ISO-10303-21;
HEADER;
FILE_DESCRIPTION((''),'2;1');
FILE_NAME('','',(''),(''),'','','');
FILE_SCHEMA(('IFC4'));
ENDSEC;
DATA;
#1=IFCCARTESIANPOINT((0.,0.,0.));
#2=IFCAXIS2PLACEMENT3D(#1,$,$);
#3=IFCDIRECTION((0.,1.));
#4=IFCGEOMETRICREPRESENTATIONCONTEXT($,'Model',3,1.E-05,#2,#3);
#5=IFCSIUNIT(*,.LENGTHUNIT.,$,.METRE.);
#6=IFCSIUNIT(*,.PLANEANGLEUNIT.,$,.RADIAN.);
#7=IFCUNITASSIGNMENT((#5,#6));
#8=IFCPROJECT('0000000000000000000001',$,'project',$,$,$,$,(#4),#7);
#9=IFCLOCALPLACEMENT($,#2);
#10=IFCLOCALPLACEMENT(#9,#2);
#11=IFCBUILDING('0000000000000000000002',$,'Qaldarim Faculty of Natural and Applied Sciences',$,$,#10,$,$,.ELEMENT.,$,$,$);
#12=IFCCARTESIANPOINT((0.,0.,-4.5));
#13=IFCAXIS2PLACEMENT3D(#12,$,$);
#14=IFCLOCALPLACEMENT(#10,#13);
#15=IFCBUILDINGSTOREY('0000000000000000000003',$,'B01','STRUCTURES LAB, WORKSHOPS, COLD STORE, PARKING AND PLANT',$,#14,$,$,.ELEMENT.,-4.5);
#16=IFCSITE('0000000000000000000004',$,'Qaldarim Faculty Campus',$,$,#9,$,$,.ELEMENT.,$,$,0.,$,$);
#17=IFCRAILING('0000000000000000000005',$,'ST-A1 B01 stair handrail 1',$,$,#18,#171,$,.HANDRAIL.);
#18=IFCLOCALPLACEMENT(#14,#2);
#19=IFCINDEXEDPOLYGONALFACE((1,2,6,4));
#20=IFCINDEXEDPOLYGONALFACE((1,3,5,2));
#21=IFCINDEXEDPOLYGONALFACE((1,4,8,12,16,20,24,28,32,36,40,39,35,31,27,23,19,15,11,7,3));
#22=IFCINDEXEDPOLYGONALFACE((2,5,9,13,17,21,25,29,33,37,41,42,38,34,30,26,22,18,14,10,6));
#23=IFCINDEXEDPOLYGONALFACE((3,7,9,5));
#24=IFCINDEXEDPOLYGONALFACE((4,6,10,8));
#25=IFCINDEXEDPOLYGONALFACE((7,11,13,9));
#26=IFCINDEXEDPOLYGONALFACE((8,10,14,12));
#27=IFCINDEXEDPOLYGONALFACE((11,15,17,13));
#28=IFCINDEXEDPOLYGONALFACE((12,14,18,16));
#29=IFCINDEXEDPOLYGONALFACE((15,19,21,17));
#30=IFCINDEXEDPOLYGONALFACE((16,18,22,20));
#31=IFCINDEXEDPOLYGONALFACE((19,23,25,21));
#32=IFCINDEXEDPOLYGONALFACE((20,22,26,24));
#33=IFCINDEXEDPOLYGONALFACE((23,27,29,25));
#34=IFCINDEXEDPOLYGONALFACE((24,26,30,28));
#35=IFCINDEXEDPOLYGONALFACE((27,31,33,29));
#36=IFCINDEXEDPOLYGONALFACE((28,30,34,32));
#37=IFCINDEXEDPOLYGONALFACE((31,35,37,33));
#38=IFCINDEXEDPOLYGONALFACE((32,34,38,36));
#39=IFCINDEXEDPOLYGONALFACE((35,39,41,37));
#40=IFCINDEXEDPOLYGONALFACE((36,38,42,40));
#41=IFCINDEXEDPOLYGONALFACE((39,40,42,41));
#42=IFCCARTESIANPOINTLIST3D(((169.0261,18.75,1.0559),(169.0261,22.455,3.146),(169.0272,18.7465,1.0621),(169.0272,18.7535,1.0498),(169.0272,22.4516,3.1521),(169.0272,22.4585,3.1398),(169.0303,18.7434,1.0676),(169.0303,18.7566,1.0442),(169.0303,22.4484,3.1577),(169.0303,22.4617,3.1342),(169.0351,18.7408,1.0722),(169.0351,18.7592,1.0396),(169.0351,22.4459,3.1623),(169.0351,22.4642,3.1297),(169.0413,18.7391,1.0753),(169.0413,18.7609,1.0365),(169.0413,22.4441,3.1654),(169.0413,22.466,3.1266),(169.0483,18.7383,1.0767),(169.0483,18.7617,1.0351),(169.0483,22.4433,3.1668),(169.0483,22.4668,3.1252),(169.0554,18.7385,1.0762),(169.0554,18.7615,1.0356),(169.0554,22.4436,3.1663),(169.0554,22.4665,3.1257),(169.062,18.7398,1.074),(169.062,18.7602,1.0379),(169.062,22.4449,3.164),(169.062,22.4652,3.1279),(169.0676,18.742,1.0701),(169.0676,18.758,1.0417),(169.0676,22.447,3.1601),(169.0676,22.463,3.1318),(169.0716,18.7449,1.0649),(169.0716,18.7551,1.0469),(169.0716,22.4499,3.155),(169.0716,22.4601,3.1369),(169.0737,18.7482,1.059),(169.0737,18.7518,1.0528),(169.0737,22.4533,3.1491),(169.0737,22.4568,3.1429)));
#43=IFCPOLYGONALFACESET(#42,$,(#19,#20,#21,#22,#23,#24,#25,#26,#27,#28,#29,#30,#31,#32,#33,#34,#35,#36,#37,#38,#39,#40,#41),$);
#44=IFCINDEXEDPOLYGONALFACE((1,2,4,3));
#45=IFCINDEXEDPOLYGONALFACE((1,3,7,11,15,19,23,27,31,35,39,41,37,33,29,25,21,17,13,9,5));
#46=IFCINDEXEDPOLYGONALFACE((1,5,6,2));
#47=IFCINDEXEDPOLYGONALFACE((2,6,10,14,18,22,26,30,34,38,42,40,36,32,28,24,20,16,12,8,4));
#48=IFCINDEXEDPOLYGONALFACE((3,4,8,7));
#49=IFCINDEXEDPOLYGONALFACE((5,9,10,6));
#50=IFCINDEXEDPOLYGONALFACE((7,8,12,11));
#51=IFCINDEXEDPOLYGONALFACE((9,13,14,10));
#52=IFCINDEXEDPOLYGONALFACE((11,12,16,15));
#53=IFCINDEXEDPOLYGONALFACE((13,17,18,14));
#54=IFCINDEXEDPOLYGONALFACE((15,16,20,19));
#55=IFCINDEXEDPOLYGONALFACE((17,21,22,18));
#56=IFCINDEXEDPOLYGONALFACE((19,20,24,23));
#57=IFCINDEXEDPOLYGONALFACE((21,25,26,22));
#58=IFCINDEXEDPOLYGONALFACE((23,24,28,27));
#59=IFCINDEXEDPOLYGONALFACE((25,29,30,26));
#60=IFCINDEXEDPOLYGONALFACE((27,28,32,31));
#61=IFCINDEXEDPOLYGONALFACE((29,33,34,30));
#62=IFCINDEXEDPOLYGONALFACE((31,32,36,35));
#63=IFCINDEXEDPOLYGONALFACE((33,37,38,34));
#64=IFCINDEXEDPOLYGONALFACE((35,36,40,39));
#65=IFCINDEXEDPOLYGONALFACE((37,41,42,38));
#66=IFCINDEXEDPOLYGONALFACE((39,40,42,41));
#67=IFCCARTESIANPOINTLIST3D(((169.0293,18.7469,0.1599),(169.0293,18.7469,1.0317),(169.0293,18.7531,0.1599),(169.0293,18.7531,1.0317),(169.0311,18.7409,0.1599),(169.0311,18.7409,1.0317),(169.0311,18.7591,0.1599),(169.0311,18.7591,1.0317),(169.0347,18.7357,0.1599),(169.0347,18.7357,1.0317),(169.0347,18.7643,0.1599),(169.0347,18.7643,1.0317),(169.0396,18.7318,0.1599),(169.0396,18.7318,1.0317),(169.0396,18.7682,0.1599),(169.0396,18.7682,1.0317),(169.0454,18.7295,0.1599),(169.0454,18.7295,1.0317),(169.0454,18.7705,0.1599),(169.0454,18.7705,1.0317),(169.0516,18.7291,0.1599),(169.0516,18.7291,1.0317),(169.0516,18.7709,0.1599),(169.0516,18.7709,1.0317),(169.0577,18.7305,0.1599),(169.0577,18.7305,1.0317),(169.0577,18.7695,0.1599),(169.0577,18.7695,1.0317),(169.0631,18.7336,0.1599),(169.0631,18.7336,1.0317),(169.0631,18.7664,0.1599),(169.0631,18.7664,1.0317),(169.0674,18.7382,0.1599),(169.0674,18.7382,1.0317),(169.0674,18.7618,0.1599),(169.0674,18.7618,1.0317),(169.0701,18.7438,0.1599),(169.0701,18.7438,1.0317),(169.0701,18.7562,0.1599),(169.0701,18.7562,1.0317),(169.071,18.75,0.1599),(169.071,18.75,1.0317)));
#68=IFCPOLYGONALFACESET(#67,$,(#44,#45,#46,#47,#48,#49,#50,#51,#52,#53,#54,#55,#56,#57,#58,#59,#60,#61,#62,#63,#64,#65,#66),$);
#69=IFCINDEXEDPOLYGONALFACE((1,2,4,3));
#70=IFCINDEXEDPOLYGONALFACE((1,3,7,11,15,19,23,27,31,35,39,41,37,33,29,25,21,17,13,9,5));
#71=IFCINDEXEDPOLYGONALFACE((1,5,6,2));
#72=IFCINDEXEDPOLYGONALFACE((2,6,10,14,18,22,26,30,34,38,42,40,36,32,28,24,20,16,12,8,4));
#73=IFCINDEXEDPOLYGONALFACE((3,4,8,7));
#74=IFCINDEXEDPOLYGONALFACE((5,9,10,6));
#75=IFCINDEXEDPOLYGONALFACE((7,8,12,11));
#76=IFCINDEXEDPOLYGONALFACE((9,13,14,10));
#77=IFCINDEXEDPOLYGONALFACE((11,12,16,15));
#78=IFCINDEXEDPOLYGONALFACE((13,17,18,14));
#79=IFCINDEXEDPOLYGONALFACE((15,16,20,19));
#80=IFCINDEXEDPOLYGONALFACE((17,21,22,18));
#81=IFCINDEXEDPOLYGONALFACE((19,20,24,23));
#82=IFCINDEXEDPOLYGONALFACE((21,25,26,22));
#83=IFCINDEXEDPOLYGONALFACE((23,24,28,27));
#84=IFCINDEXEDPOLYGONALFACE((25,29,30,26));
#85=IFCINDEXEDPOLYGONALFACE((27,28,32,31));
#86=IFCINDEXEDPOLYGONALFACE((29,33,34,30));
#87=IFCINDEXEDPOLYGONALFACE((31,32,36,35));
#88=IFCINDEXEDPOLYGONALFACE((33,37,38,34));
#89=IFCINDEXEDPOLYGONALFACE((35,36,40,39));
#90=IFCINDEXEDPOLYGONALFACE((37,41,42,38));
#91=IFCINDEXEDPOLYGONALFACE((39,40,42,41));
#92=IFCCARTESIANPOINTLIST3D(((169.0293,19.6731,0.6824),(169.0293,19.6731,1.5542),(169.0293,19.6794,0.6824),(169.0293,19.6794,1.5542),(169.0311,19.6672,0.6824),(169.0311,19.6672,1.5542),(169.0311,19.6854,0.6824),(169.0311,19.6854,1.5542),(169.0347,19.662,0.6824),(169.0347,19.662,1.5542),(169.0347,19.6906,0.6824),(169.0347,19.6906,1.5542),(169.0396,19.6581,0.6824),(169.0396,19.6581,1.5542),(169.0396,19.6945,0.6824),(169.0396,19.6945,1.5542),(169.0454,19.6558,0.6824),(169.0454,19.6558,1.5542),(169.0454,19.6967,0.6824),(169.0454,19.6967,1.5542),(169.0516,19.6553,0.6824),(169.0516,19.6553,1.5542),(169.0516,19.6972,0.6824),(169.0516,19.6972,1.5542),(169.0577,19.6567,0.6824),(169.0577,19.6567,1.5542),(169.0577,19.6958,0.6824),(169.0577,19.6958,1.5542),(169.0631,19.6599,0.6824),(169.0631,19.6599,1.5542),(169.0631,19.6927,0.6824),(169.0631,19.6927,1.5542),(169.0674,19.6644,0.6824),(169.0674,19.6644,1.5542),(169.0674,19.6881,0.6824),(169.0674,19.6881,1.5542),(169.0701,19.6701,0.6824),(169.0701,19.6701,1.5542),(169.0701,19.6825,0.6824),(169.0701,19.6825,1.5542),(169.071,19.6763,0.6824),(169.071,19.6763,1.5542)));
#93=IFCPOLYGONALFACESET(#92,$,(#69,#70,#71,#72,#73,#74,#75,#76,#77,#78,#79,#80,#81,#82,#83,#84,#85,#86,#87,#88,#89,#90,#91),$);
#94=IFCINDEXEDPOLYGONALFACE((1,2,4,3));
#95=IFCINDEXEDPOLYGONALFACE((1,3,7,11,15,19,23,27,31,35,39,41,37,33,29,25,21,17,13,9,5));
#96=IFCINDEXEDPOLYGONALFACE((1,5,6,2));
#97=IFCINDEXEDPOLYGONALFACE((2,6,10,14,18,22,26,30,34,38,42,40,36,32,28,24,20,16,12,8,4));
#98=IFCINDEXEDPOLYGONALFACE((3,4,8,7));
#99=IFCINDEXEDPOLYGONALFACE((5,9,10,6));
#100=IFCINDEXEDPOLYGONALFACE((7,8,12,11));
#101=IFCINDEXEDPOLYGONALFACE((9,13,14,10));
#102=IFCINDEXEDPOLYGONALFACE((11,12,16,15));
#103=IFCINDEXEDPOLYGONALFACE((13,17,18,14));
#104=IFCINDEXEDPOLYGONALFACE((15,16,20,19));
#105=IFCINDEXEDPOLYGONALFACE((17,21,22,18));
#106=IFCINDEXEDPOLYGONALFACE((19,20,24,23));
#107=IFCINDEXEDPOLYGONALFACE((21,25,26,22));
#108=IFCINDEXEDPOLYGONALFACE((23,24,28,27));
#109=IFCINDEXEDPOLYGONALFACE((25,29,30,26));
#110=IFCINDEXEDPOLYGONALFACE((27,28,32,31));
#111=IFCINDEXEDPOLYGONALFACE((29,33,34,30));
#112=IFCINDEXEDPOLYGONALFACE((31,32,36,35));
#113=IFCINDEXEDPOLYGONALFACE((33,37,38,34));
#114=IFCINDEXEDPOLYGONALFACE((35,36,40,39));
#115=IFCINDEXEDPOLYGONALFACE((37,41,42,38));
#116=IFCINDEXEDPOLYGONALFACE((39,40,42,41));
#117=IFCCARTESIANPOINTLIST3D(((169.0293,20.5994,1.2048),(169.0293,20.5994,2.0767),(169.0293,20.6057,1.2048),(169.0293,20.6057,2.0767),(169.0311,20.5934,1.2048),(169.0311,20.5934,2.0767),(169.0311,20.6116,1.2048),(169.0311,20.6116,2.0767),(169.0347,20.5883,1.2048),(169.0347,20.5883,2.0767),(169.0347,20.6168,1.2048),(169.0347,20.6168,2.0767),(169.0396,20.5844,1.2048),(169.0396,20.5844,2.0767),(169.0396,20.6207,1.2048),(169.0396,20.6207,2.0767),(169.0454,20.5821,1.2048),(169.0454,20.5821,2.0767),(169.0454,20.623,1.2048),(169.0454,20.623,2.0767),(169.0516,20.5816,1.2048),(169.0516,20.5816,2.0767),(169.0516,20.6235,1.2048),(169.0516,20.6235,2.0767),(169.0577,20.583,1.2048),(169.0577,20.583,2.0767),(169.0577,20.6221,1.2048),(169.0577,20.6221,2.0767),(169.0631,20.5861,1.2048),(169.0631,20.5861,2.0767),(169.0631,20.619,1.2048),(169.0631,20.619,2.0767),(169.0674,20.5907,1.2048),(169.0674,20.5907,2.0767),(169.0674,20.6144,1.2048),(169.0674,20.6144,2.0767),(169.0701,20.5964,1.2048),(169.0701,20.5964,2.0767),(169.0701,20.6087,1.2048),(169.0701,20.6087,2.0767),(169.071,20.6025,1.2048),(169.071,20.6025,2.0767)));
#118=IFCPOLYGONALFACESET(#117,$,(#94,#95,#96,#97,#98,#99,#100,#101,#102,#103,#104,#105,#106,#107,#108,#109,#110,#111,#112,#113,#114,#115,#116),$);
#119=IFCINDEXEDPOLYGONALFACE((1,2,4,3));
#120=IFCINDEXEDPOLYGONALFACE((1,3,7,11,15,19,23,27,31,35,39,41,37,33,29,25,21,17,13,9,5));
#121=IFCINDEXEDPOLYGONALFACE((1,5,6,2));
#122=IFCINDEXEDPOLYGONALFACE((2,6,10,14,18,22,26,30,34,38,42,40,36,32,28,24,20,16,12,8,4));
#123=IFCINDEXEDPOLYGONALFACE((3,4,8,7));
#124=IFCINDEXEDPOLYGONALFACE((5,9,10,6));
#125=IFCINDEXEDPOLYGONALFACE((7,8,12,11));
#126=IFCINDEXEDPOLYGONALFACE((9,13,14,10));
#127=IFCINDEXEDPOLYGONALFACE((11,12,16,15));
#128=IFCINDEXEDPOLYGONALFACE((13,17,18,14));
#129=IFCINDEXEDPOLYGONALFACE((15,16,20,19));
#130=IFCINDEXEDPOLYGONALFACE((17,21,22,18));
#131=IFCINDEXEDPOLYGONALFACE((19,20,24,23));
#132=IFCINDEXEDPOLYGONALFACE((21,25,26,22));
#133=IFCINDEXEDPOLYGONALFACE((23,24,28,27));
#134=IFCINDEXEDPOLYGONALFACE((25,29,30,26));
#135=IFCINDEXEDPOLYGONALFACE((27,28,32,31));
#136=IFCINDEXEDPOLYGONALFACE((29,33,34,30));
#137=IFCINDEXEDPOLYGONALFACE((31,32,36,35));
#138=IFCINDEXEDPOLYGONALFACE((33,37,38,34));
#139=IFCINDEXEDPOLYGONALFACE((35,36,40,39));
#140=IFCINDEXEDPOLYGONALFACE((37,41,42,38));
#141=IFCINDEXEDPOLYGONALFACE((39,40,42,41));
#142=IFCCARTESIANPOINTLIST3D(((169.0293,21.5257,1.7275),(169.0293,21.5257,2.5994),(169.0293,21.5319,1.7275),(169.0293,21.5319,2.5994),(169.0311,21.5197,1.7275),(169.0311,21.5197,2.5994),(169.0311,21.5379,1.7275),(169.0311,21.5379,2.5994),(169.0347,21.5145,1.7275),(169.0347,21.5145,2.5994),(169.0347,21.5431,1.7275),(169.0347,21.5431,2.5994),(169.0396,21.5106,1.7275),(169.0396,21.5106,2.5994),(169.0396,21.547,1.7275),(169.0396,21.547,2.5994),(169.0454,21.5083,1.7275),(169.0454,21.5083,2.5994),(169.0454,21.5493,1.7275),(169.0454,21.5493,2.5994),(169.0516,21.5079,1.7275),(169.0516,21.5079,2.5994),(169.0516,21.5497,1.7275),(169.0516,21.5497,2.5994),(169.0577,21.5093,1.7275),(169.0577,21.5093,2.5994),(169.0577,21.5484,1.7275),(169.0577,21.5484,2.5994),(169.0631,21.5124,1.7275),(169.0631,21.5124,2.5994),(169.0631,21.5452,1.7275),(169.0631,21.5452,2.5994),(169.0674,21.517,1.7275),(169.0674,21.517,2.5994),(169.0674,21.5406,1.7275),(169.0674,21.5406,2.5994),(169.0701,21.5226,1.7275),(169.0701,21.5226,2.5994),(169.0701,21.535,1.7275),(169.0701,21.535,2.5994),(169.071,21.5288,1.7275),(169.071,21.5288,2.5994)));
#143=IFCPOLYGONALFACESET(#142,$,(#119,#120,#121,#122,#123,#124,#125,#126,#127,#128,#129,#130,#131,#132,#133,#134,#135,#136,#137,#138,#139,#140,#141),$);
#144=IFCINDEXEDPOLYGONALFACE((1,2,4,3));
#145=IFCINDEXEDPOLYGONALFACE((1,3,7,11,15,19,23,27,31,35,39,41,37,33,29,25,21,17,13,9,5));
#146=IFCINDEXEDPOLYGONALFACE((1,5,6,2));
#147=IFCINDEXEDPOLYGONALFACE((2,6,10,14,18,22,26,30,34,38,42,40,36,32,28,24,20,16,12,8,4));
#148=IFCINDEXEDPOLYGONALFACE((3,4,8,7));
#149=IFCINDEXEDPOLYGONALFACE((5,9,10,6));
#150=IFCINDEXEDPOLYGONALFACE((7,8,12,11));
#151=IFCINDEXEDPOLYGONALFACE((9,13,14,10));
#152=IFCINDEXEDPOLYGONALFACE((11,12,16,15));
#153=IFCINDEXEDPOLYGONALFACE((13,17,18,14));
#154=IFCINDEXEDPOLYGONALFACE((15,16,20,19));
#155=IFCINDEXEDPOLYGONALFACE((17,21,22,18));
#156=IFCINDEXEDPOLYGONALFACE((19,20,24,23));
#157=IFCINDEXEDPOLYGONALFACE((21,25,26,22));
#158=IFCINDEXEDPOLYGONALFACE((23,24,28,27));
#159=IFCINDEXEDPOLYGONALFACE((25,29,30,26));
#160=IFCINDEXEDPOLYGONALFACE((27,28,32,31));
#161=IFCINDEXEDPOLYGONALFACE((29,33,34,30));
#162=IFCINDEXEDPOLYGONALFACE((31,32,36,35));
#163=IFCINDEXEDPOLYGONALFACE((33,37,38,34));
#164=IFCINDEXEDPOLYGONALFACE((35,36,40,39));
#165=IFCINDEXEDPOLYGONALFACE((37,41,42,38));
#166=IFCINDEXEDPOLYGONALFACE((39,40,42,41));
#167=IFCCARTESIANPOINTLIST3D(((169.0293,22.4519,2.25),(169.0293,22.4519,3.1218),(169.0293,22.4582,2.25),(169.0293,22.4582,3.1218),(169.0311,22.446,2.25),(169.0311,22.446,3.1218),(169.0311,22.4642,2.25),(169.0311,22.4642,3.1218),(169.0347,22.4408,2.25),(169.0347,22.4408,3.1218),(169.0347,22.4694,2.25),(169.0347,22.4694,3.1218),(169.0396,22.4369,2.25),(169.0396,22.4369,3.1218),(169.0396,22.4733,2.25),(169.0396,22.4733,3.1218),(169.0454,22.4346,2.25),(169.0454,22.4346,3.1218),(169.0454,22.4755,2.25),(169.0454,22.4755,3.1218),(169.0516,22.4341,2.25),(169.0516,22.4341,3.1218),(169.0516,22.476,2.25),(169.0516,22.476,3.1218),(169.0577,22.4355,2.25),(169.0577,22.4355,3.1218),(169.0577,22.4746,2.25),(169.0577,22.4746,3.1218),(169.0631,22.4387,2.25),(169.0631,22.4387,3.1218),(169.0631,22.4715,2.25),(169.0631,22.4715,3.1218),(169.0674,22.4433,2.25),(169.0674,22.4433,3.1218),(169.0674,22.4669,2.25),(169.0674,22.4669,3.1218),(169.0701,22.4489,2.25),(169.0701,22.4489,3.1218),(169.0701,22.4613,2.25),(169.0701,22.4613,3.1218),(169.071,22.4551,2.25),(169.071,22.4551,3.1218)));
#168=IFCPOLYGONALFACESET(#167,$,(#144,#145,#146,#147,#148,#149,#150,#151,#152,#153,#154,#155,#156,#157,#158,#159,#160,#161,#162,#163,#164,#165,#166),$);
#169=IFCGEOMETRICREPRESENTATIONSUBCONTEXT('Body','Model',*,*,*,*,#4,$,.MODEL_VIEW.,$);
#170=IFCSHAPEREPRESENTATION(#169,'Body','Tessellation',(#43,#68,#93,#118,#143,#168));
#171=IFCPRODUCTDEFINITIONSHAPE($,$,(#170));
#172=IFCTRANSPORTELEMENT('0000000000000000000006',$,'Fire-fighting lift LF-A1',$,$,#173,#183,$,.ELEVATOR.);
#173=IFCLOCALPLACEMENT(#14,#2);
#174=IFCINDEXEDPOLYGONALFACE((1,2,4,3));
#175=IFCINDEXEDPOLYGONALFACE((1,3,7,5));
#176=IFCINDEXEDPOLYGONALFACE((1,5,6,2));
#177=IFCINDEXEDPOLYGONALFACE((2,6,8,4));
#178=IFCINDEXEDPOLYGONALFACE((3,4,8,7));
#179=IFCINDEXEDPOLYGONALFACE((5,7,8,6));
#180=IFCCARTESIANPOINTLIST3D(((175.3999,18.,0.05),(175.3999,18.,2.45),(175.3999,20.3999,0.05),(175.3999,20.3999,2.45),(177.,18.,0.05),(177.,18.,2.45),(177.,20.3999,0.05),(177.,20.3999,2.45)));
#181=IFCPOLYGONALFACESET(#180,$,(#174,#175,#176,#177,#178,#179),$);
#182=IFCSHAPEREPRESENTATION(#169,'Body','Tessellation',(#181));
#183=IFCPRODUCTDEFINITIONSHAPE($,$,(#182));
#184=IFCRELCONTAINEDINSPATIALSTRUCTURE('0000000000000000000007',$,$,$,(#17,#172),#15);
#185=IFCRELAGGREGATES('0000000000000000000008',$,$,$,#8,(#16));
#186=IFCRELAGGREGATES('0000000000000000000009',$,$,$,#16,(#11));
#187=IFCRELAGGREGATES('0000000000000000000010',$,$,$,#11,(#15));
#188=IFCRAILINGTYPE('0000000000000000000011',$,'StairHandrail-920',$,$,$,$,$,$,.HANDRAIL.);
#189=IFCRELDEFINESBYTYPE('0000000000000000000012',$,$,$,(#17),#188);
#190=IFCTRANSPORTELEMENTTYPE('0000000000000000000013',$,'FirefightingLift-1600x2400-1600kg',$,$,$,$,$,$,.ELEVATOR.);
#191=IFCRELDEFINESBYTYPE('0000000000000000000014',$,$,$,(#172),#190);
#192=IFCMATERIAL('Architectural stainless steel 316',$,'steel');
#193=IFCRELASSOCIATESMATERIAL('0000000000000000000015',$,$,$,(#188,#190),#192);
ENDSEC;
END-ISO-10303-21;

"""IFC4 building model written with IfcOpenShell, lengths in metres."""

from ifc_helpers import new_model, si_unit, direction, frame, origin, origin_2d, place, context, subcontext, project, spatial, rectangle, circle, extrude, material, type_object, element, save


model = new_model("IFC4")

# Units and contexts
model_context = context("Model", 3, precision=1e-05, world=origin(), true_north=direction((0.0, 1.0)))
body_context = subcontext(model_context, "Body", "Model", "MODEL_VIEW")
ifc_project = project(units=[si_unit("LENGTHUNIT", "METRE"), si_unit("PLANEANGLEUNIT", "RADIAN")], contexts=[model_context])

# Site, building, storey
site_placement = place(None, origin())
site = spatial("IfcSite", under=ifc_project, at=site_placement, Name="Qaldarim Faculty Campus", CompositionType="ELEMENT", RefElevation=0.0)
building_placement = place(site_placement, origin())
building = spatial("IfcBuilding", under=site, at=building_placement, Name="Qaldarim Faculty of Natural and Applied Sciences", CompositionType="ELEMENT")
storey_placement = place(building_placement, frame((0.0, 0.0, -4.5)))
storey = spatial("IfcBuildingStorey", under=building, at=storey_placement, Name="B01", Description="STRUCTURES LAB, WORKSHOPS, COLD STORE, PARKING AND PLANT", CompositionType="ELEMENT", Elevation=-4.5)

# Shared definitions
ifc_material_1 = material(Name="Architectural stainless steel 316", Category="steel")

# Railing
railing_type_1 = type_object("IfcRailingType", Name="StairHandrail-920", PredefinedType="HANDRAIL", material=ifc_material_1)
railing_1_placement = place(storey_placement, frame((169.05, 18.75, 0.1599)))
element("IfcRailing", 1, at=railing_1_placement, inside=storey, type_object=railing_type_1, Name="ST-A1 B01 stair handrail 1", PredefinedType="HANDRAIL", context=body_context, shape_type="SweptSolid", body=[
    extrude(circle(Radius=0.0239, at=origin_2d()), frame((0.0, 0.0, 0.896), z_axis=(0.0, 0.870974, 0.491329), x_axis=(-1.0, 0.0, 0.0)), (0.0, 0.0, 1.0), 4.2539),
    extrude(circle(Radius=0.021, at=origin_2d()), origin(), (0.0, 0.0, 1.0), 0.8718),
    extrude(circle(Radius=0.021, at=origin_2d()), frame((0.0, 0.9263, 0.5225)), (0.0, 0.0, 1.0), 0.8718),
    extrude(circle(Radius=0.021, at=origin_2d()), frame((0.0, 1.8525, 1.0449)), (0.0, 0.0, 1.0), 0.8718),
    extrude(circle(Radius=0.021, at=origin_2d()), frame((0.0, 2.7788, 1.5676)), (0.0, 0.0, 1.0), 0.8718),
    extrude(circle(Radius=0.021, at=origin_2d()), frame((0.0, 3.7051, 2.0901)), (0.0, 0.0, 1.0), 0.8718),
])

# Transport element
transport_element_type = type_object("IfcTransportElementType", Name="FirefightingLift-1600x2400-1600kg", PredefinedType="ELEVATOR", material=ifc_material_1)
transport_element_placement = place(storey_placement, frame((176.2, 19.2, 0.05), z_axis=(0.0, 0.0, 1.0), x_axis=(1.0, 0.0, 0.0)))
element("IfcTransportElement", 2, at=transport_element_placement, inside=storey, type_object=transport_element_type, Name="Fire-fighting lift LF-A1", PredefinedType="ELEVATOR", context=body_context, shape_type="SweptSolid", body=[
    extrude(rectangle(XDim=1.6001, YDim=2.3999, at=origin_2d()), origin(), (0.0, 0.0, 1.0), 2.3999),
])

save(model, "model.ifc")
